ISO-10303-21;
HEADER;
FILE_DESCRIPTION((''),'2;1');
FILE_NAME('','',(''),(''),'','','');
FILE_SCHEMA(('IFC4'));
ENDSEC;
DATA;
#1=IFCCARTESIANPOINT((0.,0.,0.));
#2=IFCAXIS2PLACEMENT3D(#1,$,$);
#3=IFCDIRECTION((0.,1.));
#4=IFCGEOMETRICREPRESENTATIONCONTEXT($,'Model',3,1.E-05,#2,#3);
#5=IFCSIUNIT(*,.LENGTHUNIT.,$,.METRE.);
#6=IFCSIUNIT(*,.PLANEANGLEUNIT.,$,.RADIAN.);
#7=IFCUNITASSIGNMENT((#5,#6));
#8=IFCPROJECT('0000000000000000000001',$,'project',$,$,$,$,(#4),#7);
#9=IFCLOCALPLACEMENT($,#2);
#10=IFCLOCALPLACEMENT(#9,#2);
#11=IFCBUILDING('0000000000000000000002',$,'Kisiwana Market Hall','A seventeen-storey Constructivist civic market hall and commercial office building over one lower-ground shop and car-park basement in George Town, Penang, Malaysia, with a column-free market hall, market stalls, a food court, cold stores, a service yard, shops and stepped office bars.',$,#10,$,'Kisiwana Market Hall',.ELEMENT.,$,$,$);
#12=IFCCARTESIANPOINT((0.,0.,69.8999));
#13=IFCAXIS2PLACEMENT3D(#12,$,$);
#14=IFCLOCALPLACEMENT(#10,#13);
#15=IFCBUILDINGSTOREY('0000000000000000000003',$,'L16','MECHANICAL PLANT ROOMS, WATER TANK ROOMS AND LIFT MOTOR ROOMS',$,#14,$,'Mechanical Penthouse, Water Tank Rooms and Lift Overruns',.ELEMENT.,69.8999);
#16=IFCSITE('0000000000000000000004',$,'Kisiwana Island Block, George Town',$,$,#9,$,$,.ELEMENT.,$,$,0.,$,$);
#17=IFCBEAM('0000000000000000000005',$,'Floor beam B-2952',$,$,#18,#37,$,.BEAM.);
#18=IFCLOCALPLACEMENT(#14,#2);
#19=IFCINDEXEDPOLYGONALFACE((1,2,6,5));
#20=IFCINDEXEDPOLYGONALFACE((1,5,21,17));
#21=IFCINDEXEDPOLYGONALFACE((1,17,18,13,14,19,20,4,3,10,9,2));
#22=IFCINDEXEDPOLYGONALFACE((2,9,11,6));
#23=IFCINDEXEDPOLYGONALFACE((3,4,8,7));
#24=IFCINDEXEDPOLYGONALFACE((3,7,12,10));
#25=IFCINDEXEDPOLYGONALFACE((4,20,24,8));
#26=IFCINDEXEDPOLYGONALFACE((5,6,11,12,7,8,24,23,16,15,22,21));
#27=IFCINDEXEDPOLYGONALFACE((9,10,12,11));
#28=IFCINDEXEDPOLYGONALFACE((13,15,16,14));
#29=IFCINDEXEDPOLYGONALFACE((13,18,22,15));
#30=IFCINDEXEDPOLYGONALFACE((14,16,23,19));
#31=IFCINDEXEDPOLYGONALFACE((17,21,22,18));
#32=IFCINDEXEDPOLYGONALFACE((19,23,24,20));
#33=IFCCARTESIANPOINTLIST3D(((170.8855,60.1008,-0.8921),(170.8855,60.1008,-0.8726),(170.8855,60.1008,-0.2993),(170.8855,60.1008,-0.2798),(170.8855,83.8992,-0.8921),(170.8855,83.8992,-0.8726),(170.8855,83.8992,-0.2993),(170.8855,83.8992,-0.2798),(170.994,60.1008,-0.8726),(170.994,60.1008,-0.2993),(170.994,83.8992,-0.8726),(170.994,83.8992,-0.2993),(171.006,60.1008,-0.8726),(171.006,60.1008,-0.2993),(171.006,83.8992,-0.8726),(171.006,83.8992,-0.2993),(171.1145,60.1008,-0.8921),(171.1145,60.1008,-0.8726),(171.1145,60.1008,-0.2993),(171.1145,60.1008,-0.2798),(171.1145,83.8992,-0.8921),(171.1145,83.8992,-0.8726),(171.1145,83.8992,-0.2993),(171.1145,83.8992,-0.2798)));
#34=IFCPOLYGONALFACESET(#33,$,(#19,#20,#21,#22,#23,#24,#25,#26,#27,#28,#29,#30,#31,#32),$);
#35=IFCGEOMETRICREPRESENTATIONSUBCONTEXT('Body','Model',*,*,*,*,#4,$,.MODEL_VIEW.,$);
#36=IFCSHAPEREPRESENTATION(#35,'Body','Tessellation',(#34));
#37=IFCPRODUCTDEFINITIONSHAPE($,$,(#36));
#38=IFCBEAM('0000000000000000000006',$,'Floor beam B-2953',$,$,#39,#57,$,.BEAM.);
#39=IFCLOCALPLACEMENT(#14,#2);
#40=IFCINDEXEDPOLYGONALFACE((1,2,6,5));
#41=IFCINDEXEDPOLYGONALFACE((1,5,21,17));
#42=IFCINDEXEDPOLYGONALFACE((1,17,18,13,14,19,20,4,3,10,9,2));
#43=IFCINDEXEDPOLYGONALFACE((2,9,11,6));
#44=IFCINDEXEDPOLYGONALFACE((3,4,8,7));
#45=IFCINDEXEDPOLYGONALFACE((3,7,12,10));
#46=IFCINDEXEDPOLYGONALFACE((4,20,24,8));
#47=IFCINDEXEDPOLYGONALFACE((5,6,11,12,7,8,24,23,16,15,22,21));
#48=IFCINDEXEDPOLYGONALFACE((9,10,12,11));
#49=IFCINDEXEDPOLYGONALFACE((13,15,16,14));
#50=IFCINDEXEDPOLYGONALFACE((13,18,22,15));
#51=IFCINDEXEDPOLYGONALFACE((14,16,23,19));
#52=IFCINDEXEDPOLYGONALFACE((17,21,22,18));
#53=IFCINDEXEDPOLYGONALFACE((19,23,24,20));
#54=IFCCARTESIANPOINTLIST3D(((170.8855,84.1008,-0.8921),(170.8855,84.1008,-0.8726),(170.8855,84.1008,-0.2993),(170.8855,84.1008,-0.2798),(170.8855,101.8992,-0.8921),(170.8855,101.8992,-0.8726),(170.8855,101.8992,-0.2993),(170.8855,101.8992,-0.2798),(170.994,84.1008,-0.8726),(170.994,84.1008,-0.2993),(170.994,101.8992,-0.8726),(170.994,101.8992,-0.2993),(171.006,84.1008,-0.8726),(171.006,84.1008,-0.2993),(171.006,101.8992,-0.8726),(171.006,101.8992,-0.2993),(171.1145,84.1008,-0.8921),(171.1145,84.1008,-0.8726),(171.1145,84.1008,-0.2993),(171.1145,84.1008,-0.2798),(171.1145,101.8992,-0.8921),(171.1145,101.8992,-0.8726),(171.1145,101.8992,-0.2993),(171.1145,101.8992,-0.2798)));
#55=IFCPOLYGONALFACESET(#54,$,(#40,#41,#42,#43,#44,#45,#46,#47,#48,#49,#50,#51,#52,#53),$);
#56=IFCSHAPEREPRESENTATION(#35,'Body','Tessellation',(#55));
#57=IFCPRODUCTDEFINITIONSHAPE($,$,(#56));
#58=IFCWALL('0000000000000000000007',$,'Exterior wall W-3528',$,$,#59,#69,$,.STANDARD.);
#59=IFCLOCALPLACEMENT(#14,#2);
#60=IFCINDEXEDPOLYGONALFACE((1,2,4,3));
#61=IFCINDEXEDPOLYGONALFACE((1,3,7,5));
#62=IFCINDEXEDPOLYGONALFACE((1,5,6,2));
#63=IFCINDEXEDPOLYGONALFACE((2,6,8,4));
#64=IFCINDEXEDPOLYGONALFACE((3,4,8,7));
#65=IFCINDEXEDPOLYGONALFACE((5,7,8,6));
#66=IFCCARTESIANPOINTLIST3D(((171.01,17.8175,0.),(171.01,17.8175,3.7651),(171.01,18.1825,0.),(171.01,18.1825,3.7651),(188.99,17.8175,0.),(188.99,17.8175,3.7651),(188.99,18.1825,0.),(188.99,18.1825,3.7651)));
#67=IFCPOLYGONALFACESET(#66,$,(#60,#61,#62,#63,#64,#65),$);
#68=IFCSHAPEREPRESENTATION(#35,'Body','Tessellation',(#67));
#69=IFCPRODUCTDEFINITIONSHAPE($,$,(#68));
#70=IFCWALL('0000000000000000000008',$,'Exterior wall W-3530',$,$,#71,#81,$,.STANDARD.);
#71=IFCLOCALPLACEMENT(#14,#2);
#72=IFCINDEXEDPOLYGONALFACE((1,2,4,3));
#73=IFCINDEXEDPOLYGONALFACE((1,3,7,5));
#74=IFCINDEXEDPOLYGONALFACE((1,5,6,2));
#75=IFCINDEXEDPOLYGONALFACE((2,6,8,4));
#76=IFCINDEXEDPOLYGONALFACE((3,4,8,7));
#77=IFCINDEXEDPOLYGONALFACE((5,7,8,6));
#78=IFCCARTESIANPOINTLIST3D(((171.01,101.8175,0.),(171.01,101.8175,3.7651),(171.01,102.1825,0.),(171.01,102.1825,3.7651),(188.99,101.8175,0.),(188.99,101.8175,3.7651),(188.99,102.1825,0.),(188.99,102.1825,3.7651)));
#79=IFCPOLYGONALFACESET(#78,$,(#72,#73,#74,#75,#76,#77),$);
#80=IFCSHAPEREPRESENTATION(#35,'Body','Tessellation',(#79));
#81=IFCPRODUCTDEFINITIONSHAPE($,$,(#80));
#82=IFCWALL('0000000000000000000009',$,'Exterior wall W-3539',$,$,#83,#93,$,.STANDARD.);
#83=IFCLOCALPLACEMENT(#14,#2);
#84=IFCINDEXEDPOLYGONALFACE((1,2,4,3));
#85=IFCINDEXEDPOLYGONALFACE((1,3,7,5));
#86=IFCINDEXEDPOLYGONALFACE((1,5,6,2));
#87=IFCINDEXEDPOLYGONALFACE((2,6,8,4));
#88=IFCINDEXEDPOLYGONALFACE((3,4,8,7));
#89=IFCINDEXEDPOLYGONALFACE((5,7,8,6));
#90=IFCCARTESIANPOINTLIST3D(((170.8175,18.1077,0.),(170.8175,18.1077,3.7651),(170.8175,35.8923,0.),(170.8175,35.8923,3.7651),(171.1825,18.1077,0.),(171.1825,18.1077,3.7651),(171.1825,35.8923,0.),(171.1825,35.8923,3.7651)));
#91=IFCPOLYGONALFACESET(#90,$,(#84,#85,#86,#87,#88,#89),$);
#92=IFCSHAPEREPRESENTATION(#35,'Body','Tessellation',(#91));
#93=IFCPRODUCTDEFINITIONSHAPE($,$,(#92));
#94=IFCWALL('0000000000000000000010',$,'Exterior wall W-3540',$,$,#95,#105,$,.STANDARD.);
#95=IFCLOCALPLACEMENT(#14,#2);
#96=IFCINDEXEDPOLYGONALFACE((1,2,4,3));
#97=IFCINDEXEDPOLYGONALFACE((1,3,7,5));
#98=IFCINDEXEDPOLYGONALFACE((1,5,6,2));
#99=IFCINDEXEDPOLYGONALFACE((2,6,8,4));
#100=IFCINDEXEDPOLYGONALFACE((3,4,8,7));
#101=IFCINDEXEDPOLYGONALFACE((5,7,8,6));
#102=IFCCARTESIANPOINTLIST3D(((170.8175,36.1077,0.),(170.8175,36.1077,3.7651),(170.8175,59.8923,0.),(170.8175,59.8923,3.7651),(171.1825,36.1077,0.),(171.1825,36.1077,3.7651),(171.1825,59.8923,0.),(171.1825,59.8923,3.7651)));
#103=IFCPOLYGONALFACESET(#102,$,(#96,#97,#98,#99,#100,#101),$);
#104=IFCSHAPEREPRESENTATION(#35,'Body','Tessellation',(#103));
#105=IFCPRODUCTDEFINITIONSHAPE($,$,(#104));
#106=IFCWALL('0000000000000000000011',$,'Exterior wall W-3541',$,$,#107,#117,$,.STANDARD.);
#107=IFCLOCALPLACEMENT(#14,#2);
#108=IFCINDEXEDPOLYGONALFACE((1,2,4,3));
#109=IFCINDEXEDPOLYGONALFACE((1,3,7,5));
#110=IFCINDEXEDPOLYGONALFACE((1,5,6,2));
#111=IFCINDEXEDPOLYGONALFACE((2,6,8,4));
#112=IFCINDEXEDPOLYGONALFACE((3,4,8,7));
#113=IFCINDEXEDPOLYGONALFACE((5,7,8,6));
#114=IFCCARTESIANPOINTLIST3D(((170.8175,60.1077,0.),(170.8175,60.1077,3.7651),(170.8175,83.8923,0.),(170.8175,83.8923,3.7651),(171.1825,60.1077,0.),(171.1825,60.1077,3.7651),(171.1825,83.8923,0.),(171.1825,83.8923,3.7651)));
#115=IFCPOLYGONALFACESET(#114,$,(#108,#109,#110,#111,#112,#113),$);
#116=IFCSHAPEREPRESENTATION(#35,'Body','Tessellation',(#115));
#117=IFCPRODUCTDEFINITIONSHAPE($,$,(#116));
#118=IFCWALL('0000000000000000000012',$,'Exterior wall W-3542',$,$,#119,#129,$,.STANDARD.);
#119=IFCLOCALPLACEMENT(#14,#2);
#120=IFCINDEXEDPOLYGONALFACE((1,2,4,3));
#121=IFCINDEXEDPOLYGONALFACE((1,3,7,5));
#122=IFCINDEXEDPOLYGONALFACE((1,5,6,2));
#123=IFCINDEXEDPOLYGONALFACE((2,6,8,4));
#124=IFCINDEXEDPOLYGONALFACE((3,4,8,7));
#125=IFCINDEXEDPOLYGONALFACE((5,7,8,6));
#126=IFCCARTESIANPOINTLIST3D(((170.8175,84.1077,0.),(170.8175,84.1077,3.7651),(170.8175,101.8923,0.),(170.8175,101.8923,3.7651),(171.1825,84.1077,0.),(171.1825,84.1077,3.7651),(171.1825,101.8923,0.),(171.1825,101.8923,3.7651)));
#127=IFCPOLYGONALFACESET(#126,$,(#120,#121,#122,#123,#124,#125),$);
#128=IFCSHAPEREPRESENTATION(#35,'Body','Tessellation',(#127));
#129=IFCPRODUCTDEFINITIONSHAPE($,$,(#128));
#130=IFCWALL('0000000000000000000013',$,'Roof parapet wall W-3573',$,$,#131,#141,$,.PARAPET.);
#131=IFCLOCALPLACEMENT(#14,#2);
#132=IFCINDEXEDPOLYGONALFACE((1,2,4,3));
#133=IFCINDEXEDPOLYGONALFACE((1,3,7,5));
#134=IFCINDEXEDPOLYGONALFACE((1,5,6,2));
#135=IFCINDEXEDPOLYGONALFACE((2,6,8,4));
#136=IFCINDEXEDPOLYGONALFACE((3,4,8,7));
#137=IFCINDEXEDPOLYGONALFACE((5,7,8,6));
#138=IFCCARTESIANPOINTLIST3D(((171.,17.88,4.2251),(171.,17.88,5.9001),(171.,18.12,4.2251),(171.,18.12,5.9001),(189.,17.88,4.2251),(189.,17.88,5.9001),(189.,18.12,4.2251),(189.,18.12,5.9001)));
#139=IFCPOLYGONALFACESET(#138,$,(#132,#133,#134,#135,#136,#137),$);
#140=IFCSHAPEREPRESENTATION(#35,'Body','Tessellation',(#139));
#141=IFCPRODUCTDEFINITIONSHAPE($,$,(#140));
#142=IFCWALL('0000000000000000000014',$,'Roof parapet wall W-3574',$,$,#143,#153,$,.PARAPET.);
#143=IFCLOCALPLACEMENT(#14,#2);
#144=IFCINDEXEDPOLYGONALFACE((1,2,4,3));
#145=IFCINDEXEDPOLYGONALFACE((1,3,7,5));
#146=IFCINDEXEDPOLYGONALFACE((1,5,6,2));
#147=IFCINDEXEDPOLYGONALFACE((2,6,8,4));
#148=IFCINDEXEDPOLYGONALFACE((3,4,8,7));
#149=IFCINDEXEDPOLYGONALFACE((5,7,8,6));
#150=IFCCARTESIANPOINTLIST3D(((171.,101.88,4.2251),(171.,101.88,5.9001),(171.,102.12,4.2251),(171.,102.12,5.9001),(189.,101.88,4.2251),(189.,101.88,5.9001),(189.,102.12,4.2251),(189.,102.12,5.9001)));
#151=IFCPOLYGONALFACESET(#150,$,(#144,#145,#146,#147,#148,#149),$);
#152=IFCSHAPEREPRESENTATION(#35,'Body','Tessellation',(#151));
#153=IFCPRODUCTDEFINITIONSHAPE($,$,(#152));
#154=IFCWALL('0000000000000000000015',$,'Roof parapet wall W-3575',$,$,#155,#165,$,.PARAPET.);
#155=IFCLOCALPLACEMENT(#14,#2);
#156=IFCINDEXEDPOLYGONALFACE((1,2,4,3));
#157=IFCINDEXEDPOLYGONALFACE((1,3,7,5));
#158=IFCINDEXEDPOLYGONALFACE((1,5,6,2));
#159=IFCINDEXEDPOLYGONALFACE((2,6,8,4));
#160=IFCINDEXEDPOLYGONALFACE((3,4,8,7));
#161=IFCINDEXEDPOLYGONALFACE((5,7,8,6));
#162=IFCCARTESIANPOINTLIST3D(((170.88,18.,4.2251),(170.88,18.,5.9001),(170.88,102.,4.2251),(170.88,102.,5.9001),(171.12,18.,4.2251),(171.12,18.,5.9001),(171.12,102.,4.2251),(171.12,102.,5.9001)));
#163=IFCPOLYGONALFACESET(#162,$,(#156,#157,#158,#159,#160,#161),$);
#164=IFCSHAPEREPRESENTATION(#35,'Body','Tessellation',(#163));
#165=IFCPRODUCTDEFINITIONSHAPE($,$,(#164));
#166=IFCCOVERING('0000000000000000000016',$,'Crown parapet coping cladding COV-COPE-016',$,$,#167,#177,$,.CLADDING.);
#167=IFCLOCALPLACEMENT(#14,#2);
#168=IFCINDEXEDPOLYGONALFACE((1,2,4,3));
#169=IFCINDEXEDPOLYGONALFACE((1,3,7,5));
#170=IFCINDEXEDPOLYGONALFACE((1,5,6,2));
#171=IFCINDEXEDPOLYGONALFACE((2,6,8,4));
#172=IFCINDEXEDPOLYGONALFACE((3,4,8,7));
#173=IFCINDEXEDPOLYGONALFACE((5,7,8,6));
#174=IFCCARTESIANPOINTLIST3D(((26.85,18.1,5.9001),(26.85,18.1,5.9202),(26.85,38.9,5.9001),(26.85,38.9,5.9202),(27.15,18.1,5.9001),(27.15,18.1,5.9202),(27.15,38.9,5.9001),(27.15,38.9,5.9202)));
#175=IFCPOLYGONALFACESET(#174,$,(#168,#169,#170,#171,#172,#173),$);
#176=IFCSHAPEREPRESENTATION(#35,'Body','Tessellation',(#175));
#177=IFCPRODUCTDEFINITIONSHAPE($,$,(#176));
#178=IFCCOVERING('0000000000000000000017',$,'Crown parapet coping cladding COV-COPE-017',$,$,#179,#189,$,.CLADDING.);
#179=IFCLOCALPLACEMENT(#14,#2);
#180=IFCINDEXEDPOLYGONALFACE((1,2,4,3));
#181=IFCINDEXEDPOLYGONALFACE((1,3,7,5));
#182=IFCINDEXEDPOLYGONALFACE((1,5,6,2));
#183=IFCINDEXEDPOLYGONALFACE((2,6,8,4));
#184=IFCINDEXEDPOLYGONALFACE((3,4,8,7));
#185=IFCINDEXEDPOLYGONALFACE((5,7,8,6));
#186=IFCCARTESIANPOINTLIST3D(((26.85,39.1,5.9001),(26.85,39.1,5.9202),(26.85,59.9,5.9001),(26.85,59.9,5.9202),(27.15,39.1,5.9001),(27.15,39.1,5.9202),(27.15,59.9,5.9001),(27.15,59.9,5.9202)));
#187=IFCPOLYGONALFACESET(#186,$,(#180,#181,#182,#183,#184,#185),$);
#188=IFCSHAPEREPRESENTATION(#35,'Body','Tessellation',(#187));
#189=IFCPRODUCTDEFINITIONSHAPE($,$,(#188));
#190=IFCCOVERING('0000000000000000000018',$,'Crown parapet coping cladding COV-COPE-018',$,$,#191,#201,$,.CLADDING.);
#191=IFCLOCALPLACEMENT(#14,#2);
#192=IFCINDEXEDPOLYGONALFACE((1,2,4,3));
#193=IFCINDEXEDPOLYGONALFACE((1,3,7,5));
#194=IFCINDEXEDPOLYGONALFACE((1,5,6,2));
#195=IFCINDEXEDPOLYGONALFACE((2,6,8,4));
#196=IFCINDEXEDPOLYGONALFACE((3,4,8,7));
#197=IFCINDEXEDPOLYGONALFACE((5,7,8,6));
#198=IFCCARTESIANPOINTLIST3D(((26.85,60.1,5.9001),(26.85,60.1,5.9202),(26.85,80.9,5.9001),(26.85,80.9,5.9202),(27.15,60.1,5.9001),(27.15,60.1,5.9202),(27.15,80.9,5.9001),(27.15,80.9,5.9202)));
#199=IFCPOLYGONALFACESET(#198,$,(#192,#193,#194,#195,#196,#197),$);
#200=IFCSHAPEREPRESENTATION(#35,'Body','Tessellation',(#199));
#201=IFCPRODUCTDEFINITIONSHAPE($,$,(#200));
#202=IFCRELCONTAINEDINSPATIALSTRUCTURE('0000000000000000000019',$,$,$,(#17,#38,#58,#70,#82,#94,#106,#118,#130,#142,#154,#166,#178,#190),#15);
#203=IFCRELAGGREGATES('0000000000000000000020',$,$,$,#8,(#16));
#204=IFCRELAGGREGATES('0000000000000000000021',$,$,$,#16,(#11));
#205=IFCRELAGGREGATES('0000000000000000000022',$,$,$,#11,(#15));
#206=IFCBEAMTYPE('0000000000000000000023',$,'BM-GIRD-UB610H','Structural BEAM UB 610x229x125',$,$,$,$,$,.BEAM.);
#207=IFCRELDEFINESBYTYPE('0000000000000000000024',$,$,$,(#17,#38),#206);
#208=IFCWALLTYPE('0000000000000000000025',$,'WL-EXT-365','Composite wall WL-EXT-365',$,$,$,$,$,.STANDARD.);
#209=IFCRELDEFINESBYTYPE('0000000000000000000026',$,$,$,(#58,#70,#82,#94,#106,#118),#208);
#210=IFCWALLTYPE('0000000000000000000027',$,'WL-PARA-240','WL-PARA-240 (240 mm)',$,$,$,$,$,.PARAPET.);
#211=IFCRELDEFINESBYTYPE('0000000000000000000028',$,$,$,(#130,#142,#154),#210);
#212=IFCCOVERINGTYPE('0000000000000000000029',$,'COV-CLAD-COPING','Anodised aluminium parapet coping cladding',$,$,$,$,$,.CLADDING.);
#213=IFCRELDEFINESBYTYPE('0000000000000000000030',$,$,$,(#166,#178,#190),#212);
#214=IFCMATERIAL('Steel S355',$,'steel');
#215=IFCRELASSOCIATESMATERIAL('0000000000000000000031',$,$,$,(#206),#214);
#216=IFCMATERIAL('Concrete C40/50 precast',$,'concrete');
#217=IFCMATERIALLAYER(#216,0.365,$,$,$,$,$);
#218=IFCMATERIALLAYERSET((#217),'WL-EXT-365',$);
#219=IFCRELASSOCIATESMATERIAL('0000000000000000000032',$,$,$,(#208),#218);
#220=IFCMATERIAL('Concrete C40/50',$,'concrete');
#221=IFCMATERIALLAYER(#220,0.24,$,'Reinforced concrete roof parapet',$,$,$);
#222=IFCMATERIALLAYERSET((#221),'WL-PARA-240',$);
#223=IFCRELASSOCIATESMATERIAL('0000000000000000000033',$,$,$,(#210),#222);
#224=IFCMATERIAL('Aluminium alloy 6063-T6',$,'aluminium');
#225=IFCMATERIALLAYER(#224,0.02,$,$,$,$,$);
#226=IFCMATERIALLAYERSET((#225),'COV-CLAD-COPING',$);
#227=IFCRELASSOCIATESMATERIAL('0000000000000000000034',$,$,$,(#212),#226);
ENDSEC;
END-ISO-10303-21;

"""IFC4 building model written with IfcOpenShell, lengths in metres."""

from ifc_helpers import new_model, si_unit, direction, frame, frame_2d, origin, origin_2d, place, context, subcontext, project, spatial, rectangle, i_section, extrude, material, layer, layer_set, material_profile, profile_set, type_object, element, save


model = new_model("IFC4")

# Units and contexts
model_context = context("Model", 3, precision=1e-05, world=origin(), true_north=direction((0.0, 1.0)))
body_context = subcontext(model_context, "Body", "Model", "MODEL_VIEW")
ifc_project = project(units=[si_unit("LENGTHUNIT", "METRE"), si_unit("PLANEANGLEUNIT", "RADIAN")], contexts=[model_context])

# Site, building, storey
site_placement = place(None, origin())
site = spatial("IfcSite", under=ifc_project, at=site_placement, Name="Kisiwana Island Block, George Town", CompositionType="ELEMENT", RefElevation=0.0)
building_placement = place(site_placement, origin())
building = spatial("IfcBuilding", under=site, at=building_placement, Name="Kisiwana Market Hall", Description="A seventeen-storey Constructivist civic market hall and commercial office building over one lower-ground shop and car-park basement in George Town, Penang, Malaysia, with a column-free market hall, market stalls, a food court, cold stores, a service yard, shops and stepped office bars.", LongName="Kisiwana Market Hall", CompositionType="ELEMENT")
storey_placement = place(building_placement, frame((0.0, 0.0, 69.8999)))
storey = spatial("IfcBuildingStorey", under=building, at=storey_placement, Name="L16", Description="MECHANICAL PLANT ROOMS, WATER TANK ROOMS AND LIFT MOTOR ROOMS", LongName="Mechanical Penthouse, Water Tank Rooms and Lift Overruns", CompositionType="ELEMENT", Elevation=69.8999)

# Beams
ifc_material_1 = material(Name="Steel S355", Category="steel")
ifc_material_profile_1 = material_profile(ifc_material_1, i_section(OverallWidth=0.229, OverallDepth=0.6123, WebThickness=0.012, FlangeThickness=0.0195, at=origin_2d()), Name="UB 610x229x125")
ifc_profile_set_1 = profile_set([ifc_material_profile_1], Name="Steel S355")
beam_type_1 = type_object("IfcBeamType", Name="BM-GIRD-UB610H", Description="Structural BEAM UB 610x229x125", PredefinedType="BEAM", material=ifc_profile_set_1)
for number, where, z_axis, x_axis, name in (
    (1, (171.0, 60.1008, -0.5859), (0.0, 1.0, 0.0), (-1.0, 0.0, 0.0), "Floor beam B-2952"),
):
    element("IfcBeam", number, at=place(storey_placement, frame(where, z_axis=z_axis, x_axis=x_axis)), inside=storey, type_object=beam_type_1, Name=name, PredefinedType="BEAM", context=body_context, shape_type="SweptSolid", body=[
        extrude(i_section(OverallWidth=0.229, OverallDepth=0.6123, WebThickness=0.012, FlangeThickness=0.0195, at=origin_2d()), origin(), (0.0, 0.0, 1.0), 23.7983),
    ])
beam_1_placement = place(storey_placement, frame((171.0, 84.1008, -0.5859), z_axis=(0.0, 1.0, 0.0), x_axis=(-1.0, 0.0, 0.0)))
element("IfcBeam", 2, at=beam_1_placement, inside=storey, type_object=beam_type_1, Name="Floor beam B-2953", PredefinedType="BEAM", context=body_context, shape_type="SweptSolid", body=[
    extrude(i_section(OverallWidth=0.229, OverallDepth=0.6123, WebThickness=0.012, FlangeThickness=0.0195, at=origin_2d()), origin(), (0.0, 0.0, 1.0), 17.7983),
])

# Walls
ifc_material_2 = material(Name="Concrete C40/50 precast", Category="concrete")
ifc_layer_1 = layer(ifc_material_2, 0.365)
ifc_layer_set_1 = layer_set([ifc_layer_1], Name="WL-EXT-365")
wall_type_1 = type_object("IfcWallType", Name="WL-EXT-365", Description="Composite wall WL-EXT-365", PredefinedType="STANDARD", material=ifc_layer_set_1)
for number, where, z_axis, x_axis, name in (
    (3, (171.01, 18.0, 0.0), (0.0, 0.0, 1.0), (1.0, 0.0, 0.0), "Exterior wall W-3528"),
    (4, (171.01, 102.0, 0.0), (0.0, 0.0, 1.0), (1.0, 0.0, 0.0), "Exterior wall W-3530"),
):
    element("IfcWall", number, at=place(storey_placement, frame(where, z_axis=z_axis, x_axis=x_axis)), inside=storey, type_object=wall_type_1, Name=name, PredefinedType="STANDARD", context=body_context, shape_type="SweptSolid", body=[
        extrude(rectangle(XDim=17.98, YDim=0.365, at=frame_2d((8.99, 0.0))), origin(), (0.0, 0.0, 1.0), 3.7651),
    ])
wall_1_placement = place(storey_placement, frame((171.0, 18.1077, 0.0), z_axis=(0.0, 0.0, 1.0), x_axis=(0.0, 1.0, 0.0)))
element("IfcWall", 5, at=wall_1_placement, inside=storey, type_object=wall_type_1, Name="Exterior wall W-3539", PredefinedType="STANDARD", context=body_context, shape_type="SweptSolid", body=[
    extrude(rectangle(XDim=17.7847, YDim=0.365, at=frame_2d((8.8923, 0.0))), origin(), (0.0, 0.0, 1.0), 3.7651),
])
for number, where, z_axis, x_axis, name in (
    (6, (171.0, 36.1077, 0.0), (0.0, 0.0, 1.0), (0.0, 1.0, 0.0), "Exterior wall W-3540"),
    (7, (171.0, 60.1077, 0.0), (0.0, 0.0, 1.0), (0.0, 1.0, 0.0), "Exterior wall W-3541"),
):
    element("IfcWall", number, at=place(storey_placement, frame(where, z_axis=z_axis, x_axis=x_axis)), inside=storey, type_object=wall_type_1, Name=name, PredefinedType="STANDARD", context=body_context, shape_type="SweptSolid", body=[
        extrude(rectangle(XDim=23.7847, YDim=0.365, at=frame_2d((11.8923, 0.0))), origin(), (0.0, 0.0, 1.0), 3.7651),
    ])
wall_2_placement = place(storey_placement, frame((171.0, 84.1077, 0.0), z_axis=(0.0, 0.0, 1.0), x_axis=(0.0, 1.0, 0.0)))
element("IfcWall", 8, at=wall_2_placement, inside=storey, type_object=wall_type_1, Name="Exterior wall W-3542", PredefinedType="STANDARD", context=body_context, shape_type="SweptSolid", body=[
    extrude(rectangle(XDim=17.7847, YDim=0.365, at=frame_2d((8.8923, 0.0))), origin(), (0.0, 0.0, 1.0), 3.7651),
])
ifc_material_3 = material(Name="Concrete C40/50", Category="concrete")
ifc_layer_2 = layer(ifc_material_3, 0.24, Name="Reinforced concrete roof parapet")
ifc_layer_set_2 = layer_set([ifc_layer_2], Name="WL-PARA-240")
wall_type_2 = type_object("IfcWallType", Name="WL-PARA-240", Description="WL-PARA-240 (240 mm)", PredefinedType="PARAPET", material=ifc_layer_set_2)
for number, where, z_axis, x_axis, name in (
    (9, (171.0, 18.0, 4.2251), (0.0, 0.0, 1.0), (1.0, 0.0, 0.0), "Roof parapet wall W-3573"),
    (10, (171.0, 102.0, 4.2251), (0.0, 0.0, 1.0), (1.0, 0.0, 0.0), "Roof parapet wall W-3574"),
):
    element("IfcWall", number, at=place(storey_placement, frame(where, z_axis=z_axis, x_axis=x_axis)), inside=storey, type_object=wall_type_2, Name=name, PredefinedType="PARAPET", context=body_context, shape_type="SweptSolid", body=[
        extrude(rectangle(XDim=18.0, YDim=0.24, at=frame_2d((9.0, 0.0))), origin(), (0.0, 0.0, 1.0), 1.675),
    ])
wall_3_placement = place(storey_placement, frame((171.0, 18.0, 4.2251), z_axis=(0.0, 0.0, 1.0), x_axis=(0.0, 1.0, 0.0)))
element("IfcWall", 11, at=wall_3_placement, inside=storey, type_object=wall_type_2, Name="Roof parapet wall W-3575", PredefinedType="PARAPET", context=body_context, shape_type="SweptSolid", body=[
    extrude(rectangle(XDim=84.0, YDim=0.24, at=frame_2d((42.0, 0.0))), origin(), (0.0, 0.0, 1.0), 1.675),
])

# Coverings
ifc_material_4 = material(Name="Aluminium alloy 6063-T6", Category="aluminium")
ifc_layer_3 = layer(ifc_material_4, 0.02)
ifc_layer_set_3 = layer_set([ifc_layer_3], Name="COV-CLAD-COPING")
covering_type = type_object("IfcCoveringType", Name="COV-CLAD-COPING", Description="Anodised aluminium parapet coping cladding", PredefinedType="CLADDING", material=ifc_layer_set_3)
for number, where, z_axis, x_axis, name in (
    (12, (27.0, 28.5, 5.9001), (0.0, 0.0, 1.0), (1.0, 0.0, 0.0), "Crown parapet coping cladding COV-COPE-016"),
    (13, (27.0, 49.5, 5.9001), (0.0, 0.0, 1.0), (1.0, 0.0, 0.0), "Crown parapet coping cladding COV-COPE-017"),
    (14, (27.0, 70.5, 5.9001), (0.0, 0.0, 1.0), (1.0, 0.0, 0.0), "Crown parapet coping cladding COV-COPE-018"),
):
    element("IfcCovering", number, at=place(storey_placement, frame(where, z_axis=z_axis, x_axis=x_axis)), inside=storey, type_object=covering_type, Name=name, PredefinedType="CLADDING", context=body_context, shape_type="SweptSolid", body=[
        extrude(rectangle(XDim=0.3, YDim=20.8, at=origin_2d()), origin(), (0.0, 0.0, 1.0), 0.02),
    ])

save(model, "model.ifc")
